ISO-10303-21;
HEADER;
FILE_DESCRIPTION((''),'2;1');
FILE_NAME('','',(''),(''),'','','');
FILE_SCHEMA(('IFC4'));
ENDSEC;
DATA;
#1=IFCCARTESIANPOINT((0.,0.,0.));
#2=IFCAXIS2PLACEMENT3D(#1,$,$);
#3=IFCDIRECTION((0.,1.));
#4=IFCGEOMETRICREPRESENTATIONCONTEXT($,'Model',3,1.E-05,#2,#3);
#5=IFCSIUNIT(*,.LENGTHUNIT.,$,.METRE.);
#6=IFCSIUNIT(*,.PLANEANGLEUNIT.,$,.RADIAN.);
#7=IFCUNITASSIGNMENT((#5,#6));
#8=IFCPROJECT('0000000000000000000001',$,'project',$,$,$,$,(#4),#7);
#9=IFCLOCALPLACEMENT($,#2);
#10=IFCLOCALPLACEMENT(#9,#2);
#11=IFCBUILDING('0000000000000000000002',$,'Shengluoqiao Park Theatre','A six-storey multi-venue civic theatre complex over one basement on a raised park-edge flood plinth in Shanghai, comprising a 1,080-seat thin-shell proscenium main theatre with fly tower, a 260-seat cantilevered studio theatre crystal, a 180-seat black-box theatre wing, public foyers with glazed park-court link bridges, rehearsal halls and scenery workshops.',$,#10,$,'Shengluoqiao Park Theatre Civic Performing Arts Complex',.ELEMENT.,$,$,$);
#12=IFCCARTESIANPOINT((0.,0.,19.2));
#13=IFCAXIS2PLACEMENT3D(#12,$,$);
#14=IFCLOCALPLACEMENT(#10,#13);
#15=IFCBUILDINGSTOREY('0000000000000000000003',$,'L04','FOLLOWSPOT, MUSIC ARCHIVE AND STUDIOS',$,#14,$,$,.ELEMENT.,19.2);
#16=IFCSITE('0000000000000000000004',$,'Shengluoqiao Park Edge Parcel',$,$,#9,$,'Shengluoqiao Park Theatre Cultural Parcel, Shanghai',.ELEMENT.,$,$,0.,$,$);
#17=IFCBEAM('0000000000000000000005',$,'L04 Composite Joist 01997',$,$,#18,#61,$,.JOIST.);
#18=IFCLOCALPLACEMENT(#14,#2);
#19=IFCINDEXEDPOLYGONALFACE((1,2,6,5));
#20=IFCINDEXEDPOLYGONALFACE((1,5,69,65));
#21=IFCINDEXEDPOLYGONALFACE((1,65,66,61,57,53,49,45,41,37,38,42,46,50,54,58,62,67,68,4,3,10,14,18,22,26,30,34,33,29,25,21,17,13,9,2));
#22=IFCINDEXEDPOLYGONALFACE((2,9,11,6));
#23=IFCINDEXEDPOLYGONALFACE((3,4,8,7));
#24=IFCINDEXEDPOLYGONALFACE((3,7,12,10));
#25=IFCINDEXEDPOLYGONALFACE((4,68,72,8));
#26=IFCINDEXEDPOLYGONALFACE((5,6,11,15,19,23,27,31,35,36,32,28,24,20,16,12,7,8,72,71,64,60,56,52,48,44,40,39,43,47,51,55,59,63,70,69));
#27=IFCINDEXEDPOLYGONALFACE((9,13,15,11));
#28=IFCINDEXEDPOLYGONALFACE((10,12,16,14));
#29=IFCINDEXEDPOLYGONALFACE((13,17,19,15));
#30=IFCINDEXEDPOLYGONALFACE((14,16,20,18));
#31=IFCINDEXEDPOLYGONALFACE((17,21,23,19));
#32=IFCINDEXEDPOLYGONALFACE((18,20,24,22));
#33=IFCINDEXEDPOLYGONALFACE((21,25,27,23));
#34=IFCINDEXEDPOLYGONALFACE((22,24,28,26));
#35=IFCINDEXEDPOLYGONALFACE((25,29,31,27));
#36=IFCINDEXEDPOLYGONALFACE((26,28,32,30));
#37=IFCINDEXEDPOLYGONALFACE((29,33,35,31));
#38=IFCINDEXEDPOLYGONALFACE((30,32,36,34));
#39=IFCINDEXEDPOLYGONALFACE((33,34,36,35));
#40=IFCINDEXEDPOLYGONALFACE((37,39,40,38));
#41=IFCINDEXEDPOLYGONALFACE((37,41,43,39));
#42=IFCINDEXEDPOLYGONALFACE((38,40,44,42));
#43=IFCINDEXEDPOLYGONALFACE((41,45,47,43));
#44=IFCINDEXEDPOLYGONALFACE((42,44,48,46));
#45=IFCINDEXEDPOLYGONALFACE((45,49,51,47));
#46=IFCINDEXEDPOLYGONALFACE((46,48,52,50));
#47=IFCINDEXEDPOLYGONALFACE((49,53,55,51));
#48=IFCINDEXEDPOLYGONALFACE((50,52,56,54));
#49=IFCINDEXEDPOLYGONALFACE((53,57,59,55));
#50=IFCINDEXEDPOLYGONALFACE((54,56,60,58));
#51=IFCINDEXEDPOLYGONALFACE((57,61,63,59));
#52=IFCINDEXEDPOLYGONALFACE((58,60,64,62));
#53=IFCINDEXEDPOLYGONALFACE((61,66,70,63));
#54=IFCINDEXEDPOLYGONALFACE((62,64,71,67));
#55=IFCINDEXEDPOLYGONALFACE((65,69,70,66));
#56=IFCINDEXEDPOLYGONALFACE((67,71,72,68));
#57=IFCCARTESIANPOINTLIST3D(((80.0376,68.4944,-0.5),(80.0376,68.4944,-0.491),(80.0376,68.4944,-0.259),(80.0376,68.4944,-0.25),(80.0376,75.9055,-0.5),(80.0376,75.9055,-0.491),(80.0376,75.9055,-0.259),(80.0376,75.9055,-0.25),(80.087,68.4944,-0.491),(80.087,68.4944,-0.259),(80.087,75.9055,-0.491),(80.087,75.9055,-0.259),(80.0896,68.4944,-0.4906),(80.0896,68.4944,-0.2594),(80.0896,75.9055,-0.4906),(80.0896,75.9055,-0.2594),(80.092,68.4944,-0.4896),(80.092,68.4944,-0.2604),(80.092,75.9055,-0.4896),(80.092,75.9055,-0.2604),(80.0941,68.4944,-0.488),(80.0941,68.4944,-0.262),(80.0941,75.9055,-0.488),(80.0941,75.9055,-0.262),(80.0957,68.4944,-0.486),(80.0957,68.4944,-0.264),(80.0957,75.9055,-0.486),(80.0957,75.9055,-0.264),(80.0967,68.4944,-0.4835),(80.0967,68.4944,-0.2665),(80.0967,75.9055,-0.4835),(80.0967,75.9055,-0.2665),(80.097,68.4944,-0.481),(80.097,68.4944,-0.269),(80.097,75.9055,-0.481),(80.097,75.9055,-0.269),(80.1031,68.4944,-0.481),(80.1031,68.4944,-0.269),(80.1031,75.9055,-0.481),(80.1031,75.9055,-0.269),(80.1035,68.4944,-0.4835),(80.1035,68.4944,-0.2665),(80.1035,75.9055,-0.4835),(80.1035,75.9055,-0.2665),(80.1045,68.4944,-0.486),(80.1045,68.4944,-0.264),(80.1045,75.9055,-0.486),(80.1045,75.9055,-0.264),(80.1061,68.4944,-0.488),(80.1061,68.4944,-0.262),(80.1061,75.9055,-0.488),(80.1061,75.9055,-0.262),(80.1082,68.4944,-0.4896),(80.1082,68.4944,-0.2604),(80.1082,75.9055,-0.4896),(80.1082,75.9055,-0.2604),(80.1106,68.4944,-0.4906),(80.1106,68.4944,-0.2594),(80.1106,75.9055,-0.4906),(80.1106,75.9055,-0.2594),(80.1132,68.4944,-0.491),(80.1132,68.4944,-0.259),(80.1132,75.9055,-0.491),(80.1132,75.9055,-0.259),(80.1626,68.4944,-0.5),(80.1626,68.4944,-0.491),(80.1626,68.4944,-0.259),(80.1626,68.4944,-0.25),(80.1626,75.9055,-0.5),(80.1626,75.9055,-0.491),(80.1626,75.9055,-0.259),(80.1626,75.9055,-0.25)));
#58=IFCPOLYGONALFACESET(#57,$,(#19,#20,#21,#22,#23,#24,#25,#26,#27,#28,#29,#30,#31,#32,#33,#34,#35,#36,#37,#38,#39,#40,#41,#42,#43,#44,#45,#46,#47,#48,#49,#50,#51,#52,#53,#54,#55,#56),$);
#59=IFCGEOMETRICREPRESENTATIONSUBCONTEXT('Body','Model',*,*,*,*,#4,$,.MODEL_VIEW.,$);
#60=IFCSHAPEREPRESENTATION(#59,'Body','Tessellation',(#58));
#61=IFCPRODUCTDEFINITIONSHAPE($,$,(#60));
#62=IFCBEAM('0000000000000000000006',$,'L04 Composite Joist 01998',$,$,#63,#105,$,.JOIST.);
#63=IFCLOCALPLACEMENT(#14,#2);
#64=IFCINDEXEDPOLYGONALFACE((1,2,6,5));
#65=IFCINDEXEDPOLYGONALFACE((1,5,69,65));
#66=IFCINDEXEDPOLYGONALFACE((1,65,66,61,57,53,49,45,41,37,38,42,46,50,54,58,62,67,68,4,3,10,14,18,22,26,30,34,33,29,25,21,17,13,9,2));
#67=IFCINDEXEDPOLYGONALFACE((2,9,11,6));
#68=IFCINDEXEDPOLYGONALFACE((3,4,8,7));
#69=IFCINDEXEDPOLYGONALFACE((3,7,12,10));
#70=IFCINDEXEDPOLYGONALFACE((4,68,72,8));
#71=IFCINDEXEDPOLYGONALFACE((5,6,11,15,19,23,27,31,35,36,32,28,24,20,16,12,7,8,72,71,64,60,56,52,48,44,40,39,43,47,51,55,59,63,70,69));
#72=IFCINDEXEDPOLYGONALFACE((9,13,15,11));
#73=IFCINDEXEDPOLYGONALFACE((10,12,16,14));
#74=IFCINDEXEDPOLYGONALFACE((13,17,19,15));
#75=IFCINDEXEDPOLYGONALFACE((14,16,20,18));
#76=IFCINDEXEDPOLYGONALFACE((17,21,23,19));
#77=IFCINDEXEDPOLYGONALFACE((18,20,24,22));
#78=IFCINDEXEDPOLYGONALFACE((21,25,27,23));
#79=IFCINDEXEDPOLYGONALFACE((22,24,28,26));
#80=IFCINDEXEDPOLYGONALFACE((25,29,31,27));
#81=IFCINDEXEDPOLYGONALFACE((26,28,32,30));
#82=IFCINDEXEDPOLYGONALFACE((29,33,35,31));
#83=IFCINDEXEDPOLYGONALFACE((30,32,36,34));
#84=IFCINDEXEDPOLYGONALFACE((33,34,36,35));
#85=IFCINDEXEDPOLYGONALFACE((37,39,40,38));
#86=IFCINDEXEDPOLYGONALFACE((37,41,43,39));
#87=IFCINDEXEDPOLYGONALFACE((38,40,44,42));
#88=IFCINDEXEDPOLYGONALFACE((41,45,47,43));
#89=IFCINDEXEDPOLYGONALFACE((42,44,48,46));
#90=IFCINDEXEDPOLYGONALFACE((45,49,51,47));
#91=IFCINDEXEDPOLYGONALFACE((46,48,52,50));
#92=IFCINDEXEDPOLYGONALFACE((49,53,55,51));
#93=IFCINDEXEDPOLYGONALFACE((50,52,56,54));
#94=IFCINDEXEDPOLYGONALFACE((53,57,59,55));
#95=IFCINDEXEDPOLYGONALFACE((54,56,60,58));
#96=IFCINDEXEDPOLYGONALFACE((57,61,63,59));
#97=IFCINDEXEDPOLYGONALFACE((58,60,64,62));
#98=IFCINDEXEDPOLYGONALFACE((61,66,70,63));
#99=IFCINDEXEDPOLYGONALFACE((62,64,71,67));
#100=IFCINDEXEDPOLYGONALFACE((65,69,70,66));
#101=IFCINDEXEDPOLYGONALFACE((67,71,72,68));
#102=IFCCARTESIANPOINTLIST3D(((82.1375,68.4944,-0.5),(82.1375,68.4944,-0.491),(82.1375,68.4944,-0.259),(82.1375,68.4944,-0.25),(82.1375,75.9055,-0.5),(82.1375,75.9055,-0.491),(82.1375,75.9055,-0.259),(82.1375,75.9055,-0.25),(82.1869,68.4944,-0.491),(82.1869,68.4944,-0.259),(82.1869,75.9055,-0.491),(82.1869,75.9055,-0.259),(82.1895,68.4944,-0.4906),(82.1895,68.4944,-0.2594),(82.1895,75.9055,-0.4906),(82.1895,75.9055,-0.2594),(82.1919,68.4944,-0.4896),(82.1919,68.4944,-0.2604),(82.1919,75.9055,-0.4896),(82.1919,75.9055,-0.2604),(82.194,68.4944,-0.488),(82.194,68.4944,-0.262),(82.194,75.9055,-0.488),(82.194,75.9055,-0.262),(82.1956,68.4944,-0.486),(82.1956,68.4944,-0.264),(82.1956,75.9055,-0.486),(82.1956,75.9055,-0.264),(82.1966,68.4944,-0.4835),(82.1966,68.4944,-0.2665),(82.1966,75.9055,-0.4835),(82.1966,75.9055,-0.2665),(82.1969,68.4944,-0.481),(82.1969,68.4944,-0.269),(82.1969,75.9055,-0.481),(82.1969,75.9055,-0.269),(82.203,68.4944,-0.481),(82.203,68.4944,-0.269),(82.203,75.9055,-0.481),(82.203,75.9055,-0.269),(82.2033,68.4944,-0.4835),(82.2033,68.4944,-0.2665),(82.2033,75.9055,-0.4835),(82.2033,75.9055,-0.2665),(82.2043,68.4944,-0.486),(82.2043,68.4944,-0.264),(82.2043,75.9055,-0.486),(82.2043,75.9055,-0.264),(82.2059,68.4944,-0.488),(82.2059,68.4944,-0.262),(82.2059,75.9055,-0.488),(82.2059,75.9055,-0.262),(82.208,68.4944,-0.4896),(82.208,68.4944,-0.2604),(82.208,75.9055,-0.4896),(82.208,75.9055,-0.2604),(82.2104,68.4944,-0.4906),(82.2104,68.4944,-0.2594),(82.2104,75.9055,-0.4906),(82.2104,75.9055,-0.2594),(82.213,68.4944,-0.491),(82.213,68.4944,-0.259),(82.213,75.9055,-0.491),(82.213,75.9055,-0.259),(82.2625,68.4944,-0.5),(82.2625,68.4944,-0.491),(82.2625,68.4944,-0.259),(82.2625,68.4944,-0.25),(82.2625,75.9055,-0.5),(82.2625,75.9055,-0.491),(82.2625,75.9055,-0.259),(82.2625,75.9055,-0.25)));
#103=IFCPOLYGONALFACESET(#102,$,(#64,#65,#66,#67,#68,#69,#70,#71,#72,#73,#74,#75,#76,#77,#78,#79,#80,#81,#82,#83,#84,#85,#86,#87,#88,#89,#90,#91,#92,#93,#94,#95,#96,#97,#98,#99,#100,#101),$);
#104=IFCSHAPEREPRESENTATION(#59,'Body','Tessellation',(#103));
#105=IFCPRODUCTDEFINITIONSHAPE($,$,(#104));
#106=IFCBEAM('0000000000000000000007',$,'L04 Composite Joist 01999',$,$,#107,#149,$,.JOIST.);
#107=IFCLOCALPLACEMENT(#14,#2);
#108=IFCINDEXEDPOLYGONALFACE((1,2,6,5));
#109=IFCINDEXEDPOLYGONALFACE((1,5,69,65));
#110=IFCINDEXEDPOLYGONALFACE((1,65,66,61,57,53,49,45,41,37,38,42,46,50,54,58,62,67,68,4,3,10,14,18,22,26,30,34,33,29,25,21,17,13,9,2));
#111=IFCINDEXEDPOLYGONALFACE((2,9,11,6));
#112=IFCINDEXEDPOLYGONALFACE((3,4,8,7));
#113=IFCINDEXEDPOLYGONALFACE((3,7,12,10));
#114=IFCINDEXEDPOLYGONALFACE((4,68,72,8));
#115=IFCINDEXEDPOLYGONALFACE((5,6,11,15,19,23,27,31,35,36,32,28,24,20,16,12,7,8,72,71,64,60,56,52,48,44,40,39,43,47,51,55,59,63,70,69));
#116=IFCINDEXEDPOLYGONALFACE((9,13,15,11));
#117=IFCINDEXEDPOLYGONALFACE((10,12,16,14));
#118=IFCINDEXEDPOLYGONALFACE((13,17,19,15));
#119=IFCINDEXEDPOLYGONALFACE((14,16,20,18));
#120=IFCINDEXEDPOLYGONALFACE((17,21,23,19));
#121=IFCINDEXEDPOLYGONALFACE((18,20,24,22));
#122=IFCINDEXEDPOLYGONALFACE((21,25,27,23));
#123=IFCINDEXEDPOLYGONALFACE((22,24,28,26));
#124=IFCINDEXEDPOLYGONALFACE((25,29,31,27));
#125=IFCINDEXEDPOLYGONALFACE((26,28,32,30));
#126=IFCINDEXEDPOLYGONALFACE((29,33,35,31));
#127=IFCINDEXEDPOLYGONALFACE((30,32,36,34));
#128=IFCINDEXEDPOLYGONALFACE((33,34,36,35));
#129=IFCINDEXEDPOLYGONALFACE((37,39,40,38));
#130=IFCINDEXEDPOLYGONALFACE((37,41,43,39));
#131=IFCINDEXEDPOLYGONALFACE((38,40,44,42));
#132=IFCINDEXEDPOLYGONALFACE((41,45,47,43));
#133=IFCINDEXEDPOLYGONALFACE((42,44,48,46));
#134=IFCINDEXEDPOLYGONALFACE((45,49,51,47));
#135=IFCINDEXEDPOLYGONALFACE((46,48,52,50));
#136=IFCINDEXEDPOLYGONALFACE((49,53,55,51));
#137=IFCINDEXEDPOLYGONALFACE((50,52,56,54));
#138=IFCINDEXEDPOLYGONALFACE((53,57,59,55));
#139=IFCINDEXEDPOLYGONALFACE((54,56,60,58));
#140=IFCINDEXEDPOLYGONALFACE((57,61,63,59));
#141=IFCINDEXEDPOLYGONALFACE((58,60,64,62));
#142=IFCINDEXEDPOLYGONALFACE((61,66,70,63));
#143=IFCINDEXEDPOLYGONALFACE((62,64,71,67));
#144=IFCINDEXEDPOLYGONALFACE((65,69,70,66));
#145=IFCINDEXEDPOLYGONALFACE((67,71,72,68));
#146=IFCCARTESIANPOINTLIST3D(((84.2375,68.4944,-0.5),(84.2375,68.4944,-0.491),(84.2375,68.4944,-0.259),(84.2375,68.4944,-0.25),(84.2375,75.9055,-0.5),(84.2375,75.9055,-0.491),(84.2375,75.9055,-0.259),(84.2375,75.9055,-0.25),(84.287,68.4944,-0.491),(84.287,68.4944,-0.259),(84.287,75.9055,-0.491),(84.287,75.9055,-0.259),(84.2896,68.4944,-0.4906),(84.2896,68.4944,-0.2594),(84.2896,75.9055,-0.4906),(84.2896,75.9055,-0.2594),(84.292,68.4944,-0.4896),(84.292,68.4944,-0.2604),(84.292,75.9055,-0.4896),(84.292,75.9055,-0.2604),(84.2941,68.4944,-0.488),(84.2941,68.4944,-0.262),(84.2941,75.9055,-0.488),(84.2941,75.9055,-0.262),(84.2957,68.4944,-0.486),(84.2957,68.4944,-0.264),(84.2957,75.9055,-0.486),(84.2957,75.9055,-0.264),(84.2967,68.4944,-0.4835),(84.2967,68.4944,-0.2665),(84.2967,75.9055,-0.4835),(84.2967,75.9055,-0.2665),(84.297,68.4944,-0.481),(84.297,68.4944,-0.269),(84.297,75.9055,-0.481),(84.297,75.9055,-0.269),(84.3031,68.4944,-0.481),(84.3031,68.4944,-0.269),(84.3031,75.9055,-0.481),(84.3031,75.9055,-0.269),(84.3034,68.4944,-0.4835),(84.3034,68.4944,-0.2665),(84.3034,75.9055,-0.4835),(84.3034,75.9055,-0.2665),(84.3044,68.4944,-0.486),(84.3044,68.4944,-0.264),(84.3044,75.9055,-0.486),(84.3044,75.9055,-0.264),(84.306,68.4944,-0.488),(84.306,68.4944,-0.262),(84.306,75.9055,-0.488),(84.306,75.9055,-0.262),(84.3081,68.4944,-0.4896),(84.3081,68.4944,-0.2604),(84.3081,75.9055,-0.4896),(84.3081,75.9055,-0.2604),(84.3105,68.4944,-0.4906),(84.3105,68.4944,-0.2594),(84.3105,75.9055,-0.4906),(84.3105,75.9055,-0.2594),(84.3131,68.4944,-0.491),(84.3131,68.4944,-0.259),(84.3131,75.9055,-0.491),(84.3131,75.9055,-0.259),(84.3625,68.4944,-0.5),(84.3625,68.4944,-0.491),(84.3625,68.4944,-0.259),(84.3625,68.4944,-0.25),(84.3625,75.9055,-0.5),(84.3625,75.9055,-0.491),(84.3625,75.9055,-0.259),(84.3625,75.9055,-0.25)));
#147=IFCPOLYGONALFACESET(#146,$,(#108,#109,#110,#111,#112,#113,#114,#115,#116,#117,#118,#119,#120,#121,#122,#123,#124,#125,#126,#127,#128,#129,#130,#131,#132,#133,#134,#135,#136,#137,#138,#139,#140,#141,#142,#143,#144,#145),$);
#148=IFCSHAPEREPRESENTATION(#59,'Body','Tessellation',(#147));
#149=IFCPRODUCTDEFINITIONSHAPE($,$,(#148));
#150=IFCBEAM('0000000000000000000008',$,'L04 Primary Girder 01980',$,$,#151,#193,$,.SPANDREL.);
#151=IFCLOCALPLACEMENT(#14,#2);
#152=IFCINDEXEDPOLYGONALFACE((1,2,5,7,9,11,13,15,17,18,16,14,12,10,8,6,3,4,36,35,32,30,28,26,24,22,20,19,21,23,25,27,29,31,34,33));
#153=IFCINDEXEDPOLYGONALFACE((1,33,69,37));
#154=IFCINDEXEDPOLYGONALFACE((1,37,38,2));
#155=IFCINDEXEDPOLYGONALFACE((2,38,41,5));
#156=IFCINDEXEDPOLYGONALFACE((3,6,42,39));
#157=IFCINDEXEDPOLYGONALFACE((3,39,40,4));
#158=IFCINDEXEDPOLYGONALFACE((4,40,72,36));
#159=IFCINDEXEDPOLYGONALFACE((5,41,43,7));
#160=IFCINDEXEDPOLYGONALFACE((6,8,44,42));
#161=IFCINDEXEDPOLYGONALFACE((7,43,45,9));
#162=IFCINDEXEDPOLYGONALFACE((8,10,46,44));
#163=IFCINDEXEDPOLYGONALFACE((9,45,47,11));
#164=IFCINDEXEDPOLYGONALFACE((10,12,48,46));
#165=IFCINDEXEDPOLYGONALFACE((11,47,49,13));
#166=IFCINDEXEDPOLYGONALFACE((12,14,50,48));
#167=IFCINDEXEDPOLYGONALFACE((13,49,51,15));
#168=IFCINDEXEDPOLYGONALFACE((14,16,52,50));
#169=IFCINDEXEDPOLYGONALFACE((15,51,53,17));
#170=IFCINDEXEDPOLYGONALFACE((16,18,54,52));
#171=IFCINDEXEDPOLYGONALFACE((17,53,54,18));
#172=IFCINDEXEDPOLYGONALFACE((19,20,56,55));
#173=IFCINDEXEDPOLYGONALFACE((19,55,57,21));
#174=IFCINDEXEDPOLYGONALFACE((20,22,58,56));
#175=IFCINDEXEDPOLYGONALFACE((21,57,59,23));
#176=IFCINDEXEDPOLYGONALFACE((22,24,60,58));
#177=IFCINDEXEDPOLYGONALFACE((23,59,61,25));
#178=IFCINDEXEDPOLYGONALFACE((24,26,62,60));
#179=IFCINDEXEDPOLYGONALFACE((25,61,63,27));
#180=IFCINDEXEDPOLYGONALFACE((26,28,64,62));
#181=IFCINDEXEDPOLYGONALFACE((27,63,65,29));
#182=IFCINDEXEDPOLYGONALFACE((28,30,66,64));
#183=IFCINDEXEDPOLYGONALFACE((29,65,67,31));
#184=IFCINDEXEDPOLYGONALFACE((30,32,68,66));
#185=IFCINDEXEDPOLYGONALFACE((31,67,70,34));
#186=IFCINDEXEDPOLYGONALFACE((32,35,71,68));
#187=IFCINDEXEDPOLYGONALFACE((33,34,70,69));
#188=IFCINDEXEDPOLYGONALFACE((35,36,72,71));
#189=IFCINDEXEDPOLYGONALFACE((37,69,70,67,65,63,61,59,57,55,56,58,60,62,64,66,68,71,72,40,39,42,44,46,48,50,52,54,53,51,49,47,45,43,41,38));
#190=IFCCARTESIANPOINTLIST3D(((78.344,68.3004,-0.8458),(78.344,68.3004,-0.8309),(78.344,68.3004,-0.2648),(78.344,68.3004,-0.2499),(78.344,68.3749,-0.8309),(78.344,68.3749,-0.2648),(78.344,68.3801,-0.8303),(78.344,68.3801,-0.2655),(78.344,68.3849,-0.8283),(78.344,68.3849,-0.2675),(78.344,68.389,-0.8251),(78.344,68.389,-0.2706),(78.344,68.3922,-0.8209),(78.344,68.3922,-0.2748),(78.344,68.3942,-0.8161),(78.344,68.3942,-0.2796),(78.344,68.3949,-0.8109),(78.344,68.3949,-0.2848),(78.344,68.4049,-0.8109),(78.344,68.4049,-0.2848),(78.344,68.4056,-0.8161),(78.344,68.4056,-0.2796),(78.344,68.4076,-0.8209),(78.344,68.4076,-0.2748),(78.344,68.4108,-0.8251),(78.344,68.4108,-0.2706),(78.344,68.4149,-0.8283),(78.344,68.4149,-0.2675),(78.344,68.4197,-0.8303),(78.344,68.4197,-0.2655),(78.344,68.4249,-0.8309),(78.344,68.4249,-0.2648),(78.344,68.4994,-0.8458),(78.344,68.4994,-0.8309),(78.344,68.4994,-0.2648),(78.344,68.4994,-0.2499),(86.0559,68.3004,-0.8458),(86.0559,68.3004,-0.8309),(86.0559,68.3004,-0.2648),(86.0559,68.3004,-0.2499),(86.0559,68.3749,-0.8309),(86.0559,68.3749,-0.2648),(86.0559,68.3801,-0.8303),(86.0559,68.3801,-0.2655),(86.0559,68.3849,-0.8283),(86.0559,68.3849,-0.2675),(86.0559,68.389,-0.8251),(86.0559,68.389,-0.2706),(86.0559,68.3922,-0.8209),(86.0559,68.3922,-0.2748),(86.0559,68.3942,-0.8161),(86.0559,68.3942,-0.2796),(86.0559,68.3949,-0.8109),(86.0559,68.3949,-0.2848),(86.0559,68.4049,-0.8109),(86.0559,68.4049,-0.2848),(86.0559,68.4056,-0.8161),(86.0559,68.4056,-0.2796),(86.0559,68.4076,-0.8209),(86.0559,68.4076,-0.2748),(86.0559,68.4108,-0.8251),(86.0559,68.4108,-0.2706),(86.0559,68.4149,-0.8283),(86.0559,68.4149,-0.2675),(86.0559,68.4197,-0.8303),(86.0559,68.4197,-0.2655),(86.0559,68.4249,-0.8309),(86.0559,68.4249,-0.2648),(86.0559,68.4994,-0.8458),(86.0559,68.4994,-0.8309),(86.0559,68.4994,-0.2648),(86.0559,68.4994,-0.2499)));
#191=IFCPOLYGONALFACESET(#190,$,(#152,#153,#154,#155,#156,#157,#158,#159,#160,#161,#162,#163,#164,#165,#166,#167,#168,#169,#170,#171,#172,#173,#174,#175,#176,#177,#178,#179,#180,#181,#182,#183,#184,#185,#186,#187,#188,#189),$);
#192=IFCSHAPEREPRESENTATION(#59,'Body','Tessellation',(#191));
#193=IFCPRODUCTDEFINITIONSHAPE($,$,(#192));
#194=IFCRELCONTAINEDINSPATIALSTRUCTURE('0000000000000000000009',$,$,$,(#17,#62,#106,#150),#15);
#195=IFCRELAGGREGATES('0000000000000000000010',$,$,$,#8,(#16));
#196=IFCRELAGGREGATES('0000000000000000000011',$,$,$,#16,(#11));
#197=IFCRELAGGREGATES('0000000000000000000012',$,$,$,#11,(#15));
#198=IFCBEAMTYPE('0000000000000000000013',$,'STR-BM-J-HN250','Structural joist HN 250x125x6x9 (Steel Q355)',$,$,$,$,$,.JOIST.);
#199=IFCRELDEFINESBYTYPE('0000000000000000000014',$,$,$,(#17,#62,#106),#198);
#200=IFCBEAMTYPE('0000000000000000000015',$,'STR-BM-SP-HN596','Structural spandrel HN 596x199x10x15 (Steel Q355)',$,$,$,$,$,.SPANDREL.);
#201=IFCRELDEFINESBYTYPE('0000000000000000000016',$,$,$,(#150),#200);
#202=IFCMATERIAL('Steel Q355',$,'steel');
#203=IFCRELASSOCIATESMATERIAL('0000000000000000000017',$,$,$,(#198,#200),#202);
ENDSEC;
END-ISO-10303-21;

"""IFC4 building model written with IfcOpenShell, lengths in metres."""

from ifc_helpers import new_model, si_unit, direction, frame, origin, origin_2d, place, context, subcontext, project, spatial, i_section, extrude, material, material_profile, profile_set, type_object, element, save


model = new_model("IFC4")

# Units and contexts
model_context = context("Model", 3, precision=1e-05, world=origin(), true_north=direction((0.0, 1.0)))
body_context = subcontext(model_context, "Body", "Model", "MODEL_VIEW")
ifc_project = project(units=[si_unit("LENGTHUNIT", "METRE"), si_unit("PLANEANGLEUNIT", "RADIAN")], contexts=[model_context])

# Site, building, storey
site_placement = place(None, origin())
site = spatial("IfcSite", under=ifc_project, at=site_placement, Name="Shengluoqiao Park Edge Parcel", LongName="Shengluoqiao Park Theatre Cultural Parcel, Shanghai", CompositionType="ELEMENT", RefElevation=0.0)
building_placement = place(site_placement, origin())
building = spatial("IfcBuilding", under=site, at=building_placement, Name="Shengluoqiao Park Theatre", Description="A six-storey multi-venue civic theatre complex over one basement on a raised park-edge flood plinth in Shanghai, comprising a 1,080-seat thin-shell proscenium main theatre with fly tower, a 260-seat cantilevered studio theatre crystal, a 180-seat black-box theatre wing, public foyers with glazed park-court link bridges, rehearsal halls and scenery workshops.", LongName="Shengluoqiao Park Theatre Civic Performing Arts Complex", CompositionType="ELEMENT")
storey_placement = place(building_placement, frame((0.0, 0.0, 19.2)))
storey = spatial("IfcBuildingStorey", under=building, at=storey_placement, Name="L04", Description="FOLLOWSPOT, MUSIC ARCHIVE AND STUDIOS", CompositionType="ELEMENT", Elevation=19.2)

# Beams
ifc_material_1 = material(Name="Steel Q355", Category="steel")
ifc_material_profile_1 = material_profile(ifc_material_1, i_section(OverallWidth=0.125, OverallDepth=0.25, WebThickness=0.0061, FlangeThickness=0.009, FilletRadius=0.01, at=origin_2d()), Name="HN 250x125x6x9")
ifc_profile_set_1 = profile_set([ifc_material_profile_1], Name="Steel Q355")
beam_type_1 = type_object("IfcBeamType", Name="STR-BM-J-HN250", Description="Structural joist HN 250x125x6x9 (Steel Q355)", PredefinedType="JOIST", material=ifc_profile_set_1)
for number, where, z_axis, x_axis, name in (
    (1, (80.1001, 68.4944, -0.375), (0.0, 1.0, 0.0), (-1.0, 0.0, 0.0), "L04 Composite Joist 01997"),
    (2, (82.2, 68.4944, -0.375), (0.0, 1.0, 0.0), (-1.0, 0.0, 0.0), "L04 Composite Joist 01998"),
    (3, (84.3, 68.4944, -0.375), (0.0, 1.0, 0.0), (-1.0, 0.0, 0.0), "L04 Composite Joist 01999"),
):
    element("IfcBeam", number, at=place(storey_placement, frame(where, z_axis=z_axis, x_axis=x_axis)), inside=storey, type_object=beam_type_1, Name=name, PredefinedType="JOIST", context=body_context, shape_type="SweptSolid", body=[
        extrude(i_section(OverallWidth=0.125, OverallDepth=0.25, WebThickness=0.0061, FlangeThickness=0.009, FilletRadius=0.01, at=origin_2d()), origin(), (0.0, 0.0, 1.0), 7.4111),
    ])
ifc_material_profile_2 = material_profile(ifc_material_1, i_section(OverallWidth=0.199, OverallDepth=0.5959, WebThickness=0.01, FlangeThickness=0.0149, FilletRadius=0.02, at=origin_2d()), Name="HN 596x199x10x15")
ifc_profile_set_2 = profile_set([ifc_material_profile_2], Name="Steel Q355")
beam_type_2 = type_object("IfcBeamType", Name="STR-BM-SP-HN596", Description="Structural spandrel HN 596x199x10x15 (Steel Q355)", PredefinedType="SPANDREL", material=ifc_profile_set_2)
beam_1_placement = place(storey_placement, frame((78.344, 68.3999, -0.5479), z_axis=(1.0, 0.0, 0.0), x_axis=(0.0, 1.0, 0.0)))
element("IfcBeam", 4, at=beam_1_placement, inside=storey, type_object=beam_type_2, Name="L04 Primary Girder 01980", PredefinedType="SPANDREL", context=body_context, shape_type="SweptSolid", body=[
    extrude(i_section(OverallWidth=0.199, OverallDepth=0.5959, WebThickness=0.01, FlangeThickness=0.0149, FilletRadius=0.02, at=origin_2d()), origin(), (0.0, 0.0, 1.0), 7.7119),
])

save(model, "model.ifc")
